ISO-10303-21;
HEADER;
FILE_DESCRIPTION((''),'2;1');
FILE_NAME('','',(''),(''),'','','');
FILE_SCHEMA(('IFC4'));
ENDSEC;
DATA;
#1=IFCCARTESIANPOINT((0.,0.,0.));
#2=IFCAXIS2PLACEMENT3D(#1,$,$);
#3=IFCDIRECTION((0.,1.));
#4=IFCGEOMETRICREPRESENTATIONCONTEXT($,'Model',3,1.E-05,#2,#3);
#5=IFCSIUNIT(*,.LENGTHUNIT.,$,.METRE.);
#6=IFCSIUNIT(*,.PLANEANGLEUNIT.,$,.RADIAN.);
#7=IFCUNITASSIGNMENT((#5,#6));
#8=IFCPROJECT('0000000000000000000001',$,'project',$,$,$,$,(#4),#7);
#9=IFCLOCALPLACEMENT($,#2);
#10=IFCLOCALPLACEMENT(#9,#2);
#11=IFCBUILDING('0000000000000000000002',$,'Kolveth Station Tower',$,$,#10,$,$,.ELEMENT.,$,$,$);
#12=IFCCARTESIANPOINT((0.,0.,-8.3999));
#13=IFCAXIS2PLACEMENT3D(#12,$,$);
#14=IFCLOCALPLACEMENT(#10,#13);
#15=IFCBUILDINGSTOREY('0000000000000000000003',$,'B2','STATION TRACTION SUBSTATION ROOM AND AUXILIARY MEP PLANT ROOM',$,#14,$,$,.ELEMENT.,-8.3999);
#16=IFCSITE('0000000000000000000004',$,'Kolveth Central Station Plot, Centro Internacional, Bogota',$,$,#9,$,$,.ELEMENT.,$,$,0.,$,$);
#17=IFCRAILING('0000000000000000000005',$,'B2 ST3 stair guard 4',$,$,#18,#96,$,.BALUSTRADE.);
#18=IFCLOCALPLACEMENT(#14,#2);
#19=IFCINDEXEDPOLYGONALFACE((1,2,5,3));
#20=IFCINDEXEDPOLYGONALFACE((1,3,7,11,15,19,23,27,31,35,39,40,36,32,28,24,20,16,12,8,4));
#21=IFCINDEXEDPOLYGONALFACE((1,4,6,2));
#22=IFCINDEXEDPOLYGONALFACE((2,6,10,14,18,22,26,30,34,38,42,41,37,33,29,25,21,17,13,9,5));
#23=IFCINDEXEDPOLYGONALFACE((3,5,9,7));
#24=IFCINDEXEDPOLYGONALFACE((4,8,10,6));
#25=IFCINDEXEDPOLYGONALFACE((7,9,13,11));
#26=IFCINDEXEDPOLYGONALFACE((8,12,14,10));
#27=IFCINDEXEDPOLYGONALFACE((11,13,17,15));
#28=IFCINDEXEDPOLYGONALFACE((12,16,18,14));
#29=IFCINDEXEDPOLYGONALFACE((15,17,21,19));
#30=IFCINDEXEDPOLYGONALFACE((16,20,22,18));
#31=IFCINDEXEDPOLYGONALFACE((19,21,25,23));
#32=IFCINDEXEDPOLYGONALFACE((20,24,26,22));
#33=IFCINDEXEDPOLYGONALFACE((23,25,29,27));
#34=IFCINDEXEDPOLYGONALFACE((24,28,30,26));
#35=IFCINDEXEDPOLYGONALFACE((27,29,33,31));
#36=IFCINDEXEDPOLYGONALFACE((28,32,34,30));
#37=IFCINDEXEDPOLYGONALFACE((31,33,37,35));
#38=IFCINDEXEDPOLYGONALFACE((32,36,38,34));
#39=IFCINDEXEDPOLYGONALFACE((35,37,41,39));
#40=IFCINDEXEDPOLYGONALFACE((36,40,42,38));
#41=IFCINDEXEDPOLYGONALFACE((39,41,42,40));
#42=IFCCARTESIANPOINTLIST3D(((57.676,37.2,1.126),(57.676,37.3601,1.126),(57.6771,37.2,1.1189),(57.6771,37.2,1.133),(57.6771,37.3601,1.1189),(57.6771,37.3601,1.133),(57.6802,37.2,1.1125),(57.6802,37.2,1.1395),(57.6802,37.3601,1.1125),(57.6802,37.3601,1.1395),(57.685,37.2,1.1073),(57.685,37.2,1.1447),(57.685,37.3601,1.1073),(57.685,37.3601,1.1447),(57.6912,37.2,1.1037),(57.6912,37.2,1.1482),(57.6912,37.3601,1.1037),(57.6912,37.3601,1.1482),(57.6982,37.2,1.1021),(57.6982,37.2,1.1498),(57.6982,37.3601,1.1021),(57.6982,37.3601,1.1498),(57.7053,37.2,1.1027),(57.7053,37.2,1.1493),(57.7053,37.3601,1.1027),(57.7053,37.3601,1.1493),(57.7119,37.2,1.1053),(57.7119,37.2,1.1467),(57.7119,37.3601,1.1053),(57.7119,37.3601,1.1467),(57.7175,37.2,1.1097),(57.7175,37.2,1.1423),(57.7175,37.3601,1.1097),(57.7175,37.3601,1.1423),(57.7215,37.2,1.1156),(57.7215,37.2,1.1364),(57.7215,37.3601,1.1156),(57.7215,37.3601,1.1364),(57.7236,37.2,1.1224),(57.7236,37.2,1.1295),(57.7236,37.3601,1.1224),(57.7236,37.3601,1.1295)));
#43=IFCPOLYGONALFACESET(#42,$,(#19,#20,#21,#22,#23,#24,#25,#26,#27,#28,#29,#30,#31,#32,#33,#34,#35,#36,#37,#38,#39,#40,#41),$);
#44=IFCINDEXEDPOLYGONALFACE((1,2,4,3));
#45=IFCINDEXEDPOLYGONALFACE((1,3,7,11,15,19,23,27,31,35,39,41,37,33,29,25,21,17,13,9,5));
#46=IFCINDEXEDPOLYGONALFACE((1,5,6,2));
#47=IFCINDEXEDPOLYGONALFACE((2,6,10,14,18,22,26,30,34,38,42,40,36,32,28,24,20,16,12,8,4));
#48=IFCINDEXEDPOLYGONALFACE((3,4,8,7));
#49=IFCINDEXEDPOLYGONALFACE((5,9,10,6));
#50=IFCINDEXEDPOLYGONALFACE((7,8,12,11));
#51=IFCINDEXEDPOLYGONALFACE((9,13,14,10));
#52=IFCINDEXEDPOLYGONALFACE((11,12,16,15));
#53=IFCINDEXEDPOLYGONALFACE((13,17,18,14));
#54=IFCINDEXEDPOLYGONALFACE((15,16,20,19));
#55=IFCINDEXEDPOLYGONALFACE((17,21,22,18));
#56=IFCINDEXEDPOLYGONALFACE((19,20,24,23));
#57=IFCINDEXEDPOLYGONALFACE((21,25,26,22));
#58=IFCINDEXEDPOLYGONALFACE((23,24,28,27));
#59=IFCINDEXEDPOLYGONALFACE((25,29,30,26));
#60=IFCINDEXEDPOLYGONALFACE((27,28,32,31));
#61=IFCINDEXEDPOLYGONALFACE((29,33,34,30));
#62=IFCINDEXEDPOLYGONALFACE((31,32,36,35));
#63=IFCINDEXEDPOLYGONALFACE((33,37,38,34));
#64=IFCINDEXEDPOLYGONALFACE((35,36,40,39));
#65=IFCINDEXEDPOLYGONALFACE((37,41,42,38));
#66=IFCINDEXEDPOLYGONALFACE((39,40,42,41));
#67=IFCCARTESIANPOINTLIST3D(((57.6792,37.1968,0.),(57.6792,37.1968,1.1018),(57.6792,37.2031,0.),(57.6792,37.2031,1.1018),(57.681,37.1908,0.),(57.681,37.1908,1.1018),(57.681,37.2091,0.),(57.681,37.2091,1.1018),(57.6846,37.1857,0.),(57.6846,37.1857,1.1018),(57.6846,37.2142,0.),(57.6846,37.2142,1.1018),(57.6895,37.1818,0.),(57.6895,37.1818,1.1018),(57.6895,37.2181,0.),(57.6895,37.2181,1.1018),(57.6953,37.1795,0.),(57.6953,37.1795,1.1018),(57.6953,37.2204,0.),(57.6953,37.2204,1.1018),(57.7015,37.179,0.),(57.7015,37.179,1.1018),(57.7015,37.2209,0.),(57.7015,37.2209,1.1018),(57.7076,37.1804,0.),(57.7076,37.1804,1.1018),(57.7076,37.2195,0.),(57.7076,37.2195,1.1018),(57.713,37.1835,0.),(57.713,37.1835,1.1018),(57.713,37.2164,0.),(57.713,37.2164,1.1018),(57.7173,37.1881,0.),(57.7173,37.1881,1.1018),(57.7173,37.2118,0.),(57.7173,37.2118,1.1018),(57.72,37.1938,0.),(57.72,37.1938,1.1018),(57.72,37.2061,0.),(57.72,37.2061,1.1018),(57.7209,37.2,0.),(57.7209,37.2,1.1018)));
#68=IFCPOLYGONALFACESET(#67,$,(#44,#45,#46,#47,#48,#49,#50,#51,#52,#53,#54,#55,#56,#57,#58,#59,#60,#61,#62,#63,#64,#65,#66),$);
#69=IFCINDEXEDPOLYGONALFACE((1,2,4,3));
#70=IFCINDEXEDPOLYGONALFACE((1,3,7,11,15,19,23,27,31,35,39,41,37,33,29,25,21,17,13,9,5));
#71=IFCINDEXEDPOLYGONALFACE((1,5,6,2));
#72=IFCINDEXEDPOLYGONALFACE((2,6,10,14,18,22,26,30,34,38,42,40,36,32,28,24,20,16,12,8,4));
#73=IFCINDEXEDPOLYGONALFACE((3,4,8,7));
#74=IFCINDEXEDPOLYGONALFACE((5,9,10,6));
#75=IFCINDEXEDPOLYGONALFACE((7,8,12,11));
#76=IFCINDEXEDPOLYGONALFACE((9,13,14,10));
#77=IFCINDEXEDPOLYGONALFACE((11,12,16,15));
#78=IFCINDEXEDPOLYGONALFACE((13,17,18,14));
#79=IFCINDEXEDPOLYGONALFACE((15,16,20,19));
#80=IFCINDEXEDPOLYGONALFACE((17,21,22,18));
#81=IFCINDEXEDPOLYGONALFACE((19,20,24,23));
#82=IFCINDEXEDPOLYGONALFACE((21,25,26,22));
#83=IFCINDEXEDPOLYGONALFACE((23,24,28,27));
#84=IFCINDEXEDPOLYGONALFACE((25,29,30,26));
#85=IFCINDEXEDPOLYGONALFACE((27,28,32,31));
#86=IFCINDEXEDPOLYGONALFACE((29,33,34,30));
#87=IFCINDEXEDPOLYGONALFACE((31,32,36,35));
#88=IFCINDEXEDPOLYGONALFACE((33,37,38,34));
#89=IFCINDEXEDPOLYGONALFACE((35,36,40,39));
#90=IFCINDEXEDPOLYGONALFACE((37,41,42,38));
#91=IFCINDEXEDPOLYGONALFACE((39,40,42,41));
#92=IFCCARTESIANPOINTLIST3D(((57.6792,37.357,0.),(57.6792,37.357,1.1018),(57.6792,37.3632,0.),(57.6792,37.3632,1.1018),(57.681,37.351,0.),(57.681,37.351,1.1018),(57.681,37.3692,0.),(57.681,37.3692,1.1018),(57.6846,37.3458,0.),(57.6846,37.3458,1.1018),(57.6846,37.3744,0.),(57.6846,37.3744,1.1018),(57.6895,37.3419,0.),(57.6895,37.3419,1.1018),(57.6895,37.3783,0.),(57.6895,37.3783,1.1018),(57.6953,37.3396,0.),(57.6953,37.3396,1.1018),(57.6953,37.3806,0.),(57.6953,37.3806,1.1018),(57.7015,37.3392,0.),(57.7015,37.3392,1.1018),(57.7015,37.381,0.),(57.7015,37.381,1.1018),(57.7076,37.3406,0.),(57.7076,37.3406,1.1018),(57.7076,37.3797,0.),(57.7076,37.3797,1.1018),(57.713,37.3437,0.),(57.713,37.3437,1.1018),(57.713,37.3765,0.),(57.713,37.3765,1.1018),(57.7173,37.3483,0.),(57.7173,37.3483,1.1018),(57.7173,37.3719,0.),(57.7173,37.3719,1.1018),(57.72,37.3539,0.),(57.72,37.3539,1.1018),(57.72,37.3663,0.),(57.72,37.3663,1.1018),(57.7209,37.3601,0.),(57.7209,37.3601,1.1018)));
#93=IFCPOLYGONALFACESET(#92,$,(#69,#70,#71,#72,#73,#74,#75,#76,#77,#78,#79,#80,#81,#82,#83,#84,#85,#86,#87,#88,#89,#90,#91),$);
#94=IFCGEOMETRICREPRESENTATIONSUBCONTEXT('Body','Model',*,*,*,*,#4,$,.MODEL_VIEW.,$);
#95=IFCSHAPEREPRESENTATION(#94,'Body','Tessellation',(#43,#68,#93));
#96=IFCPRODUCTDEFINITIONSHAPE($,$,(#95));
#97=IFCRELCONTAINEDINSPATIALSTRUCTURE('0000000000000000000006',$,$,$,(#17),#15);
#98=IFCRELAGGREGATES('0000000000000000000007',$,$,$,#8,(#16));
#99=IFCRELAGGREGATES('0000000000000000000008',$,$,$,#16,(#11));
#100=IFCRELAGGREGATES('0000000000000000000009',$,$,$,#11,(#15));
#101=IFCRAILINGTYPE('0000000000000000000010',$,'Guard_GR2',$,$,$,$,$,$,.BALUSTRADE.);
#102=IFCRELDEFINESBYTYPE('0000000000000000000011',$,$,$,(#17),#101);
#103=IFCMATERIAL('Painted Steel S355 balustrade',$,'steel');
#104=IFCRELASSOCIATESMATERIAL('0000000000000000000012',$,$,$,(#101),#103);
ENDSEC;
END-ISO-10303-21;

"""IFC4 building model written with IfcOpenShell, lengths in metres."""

from ifc_helpers import new_model, si_unit, direction, frame, origin, origin_2d, place, context, subcontext, project, spatial, circle, extrude, material, type_object, element, save


model = new_model("IFC4")

# Units and contexts
model_context = context("Model", 3, precision=1e-05, world=origin(), true_north=direction((0.0, 1.0)))
body_context = subcontext(model_context, "Body", "Model", "MODEL_VIEW")
ifc_project = project(units=[si_unit("LENGTHUNIT", "METRE"), si_unit("PLANEANGLEUNIT", "RADIAN")], contexts=[model_context])

# Site, building, storey
site_placement = place(None, origin())
site = spatial("IfcSite", under=ifc_project, at=site_placement, Name="Kolveth Central Station Plot, Centro Internacional, Bogota", CompositionType="ELEMENT", RefElevation=0.0)
building_placement = place(site_placement, origin())
building = spatial("IfcBuilding", under=site, at=building_placement, Name="Kolveth Station Tower", CompositionType="ELEMENT")
storey_placement = place(building_placement, frame((0.0, 0.0, -8.3999)))
storey = spatial("IfcBuildingStorey", under=building, at=storey_placement, Name="B2", Description="STATION TRACTION SUBSTATION ROOM AND AUXILIARY MEP PLANT ROOM", CompositionType="ELEMENT", Elevation=-8.3999)

# Railing
ifc_material_1 = material(Name="Painted Steel S355 balustrade", Category="steel")
railing_type_1 = type_object("IfcRailingType", Name="Guard_GR2", PredefinedType="BALUSTRADE", material=ifc_material_1)
railing_1_placement = place(storey_placement, frame((57.7, 37.2, 0.0)))
element("IfcRailing", 1, at=railing_1_placement, inside=storey, type_object=railing_type_1, Name="B2 ST3 stair guard 4", PredefinedType="BALUSTRADE", context=body_context, shape_type="SweptSolid", body=[
    extrude(circle(Radius=0.0239, at=origin_2d()), frame((0.0, 0.0, 1.126), z_axis=(0.0, 1.0, 0.0), x_axis=(-1.0, 0.0, 0.0)), (0.0, 0.0, 1.0), 0.1602),
    extrude(circle(Radius=0.021, at=origin_2d()), origin(), (0.0, 0.0, 1.0), 1.1018),
    extrude(circle(Radius=0.021, at=origin_2d()), frame((0.0, 0.1602, 0.0)), (0.0, 0.0, 1.0), 1.1018),
])

save(model, "model.ifc")
